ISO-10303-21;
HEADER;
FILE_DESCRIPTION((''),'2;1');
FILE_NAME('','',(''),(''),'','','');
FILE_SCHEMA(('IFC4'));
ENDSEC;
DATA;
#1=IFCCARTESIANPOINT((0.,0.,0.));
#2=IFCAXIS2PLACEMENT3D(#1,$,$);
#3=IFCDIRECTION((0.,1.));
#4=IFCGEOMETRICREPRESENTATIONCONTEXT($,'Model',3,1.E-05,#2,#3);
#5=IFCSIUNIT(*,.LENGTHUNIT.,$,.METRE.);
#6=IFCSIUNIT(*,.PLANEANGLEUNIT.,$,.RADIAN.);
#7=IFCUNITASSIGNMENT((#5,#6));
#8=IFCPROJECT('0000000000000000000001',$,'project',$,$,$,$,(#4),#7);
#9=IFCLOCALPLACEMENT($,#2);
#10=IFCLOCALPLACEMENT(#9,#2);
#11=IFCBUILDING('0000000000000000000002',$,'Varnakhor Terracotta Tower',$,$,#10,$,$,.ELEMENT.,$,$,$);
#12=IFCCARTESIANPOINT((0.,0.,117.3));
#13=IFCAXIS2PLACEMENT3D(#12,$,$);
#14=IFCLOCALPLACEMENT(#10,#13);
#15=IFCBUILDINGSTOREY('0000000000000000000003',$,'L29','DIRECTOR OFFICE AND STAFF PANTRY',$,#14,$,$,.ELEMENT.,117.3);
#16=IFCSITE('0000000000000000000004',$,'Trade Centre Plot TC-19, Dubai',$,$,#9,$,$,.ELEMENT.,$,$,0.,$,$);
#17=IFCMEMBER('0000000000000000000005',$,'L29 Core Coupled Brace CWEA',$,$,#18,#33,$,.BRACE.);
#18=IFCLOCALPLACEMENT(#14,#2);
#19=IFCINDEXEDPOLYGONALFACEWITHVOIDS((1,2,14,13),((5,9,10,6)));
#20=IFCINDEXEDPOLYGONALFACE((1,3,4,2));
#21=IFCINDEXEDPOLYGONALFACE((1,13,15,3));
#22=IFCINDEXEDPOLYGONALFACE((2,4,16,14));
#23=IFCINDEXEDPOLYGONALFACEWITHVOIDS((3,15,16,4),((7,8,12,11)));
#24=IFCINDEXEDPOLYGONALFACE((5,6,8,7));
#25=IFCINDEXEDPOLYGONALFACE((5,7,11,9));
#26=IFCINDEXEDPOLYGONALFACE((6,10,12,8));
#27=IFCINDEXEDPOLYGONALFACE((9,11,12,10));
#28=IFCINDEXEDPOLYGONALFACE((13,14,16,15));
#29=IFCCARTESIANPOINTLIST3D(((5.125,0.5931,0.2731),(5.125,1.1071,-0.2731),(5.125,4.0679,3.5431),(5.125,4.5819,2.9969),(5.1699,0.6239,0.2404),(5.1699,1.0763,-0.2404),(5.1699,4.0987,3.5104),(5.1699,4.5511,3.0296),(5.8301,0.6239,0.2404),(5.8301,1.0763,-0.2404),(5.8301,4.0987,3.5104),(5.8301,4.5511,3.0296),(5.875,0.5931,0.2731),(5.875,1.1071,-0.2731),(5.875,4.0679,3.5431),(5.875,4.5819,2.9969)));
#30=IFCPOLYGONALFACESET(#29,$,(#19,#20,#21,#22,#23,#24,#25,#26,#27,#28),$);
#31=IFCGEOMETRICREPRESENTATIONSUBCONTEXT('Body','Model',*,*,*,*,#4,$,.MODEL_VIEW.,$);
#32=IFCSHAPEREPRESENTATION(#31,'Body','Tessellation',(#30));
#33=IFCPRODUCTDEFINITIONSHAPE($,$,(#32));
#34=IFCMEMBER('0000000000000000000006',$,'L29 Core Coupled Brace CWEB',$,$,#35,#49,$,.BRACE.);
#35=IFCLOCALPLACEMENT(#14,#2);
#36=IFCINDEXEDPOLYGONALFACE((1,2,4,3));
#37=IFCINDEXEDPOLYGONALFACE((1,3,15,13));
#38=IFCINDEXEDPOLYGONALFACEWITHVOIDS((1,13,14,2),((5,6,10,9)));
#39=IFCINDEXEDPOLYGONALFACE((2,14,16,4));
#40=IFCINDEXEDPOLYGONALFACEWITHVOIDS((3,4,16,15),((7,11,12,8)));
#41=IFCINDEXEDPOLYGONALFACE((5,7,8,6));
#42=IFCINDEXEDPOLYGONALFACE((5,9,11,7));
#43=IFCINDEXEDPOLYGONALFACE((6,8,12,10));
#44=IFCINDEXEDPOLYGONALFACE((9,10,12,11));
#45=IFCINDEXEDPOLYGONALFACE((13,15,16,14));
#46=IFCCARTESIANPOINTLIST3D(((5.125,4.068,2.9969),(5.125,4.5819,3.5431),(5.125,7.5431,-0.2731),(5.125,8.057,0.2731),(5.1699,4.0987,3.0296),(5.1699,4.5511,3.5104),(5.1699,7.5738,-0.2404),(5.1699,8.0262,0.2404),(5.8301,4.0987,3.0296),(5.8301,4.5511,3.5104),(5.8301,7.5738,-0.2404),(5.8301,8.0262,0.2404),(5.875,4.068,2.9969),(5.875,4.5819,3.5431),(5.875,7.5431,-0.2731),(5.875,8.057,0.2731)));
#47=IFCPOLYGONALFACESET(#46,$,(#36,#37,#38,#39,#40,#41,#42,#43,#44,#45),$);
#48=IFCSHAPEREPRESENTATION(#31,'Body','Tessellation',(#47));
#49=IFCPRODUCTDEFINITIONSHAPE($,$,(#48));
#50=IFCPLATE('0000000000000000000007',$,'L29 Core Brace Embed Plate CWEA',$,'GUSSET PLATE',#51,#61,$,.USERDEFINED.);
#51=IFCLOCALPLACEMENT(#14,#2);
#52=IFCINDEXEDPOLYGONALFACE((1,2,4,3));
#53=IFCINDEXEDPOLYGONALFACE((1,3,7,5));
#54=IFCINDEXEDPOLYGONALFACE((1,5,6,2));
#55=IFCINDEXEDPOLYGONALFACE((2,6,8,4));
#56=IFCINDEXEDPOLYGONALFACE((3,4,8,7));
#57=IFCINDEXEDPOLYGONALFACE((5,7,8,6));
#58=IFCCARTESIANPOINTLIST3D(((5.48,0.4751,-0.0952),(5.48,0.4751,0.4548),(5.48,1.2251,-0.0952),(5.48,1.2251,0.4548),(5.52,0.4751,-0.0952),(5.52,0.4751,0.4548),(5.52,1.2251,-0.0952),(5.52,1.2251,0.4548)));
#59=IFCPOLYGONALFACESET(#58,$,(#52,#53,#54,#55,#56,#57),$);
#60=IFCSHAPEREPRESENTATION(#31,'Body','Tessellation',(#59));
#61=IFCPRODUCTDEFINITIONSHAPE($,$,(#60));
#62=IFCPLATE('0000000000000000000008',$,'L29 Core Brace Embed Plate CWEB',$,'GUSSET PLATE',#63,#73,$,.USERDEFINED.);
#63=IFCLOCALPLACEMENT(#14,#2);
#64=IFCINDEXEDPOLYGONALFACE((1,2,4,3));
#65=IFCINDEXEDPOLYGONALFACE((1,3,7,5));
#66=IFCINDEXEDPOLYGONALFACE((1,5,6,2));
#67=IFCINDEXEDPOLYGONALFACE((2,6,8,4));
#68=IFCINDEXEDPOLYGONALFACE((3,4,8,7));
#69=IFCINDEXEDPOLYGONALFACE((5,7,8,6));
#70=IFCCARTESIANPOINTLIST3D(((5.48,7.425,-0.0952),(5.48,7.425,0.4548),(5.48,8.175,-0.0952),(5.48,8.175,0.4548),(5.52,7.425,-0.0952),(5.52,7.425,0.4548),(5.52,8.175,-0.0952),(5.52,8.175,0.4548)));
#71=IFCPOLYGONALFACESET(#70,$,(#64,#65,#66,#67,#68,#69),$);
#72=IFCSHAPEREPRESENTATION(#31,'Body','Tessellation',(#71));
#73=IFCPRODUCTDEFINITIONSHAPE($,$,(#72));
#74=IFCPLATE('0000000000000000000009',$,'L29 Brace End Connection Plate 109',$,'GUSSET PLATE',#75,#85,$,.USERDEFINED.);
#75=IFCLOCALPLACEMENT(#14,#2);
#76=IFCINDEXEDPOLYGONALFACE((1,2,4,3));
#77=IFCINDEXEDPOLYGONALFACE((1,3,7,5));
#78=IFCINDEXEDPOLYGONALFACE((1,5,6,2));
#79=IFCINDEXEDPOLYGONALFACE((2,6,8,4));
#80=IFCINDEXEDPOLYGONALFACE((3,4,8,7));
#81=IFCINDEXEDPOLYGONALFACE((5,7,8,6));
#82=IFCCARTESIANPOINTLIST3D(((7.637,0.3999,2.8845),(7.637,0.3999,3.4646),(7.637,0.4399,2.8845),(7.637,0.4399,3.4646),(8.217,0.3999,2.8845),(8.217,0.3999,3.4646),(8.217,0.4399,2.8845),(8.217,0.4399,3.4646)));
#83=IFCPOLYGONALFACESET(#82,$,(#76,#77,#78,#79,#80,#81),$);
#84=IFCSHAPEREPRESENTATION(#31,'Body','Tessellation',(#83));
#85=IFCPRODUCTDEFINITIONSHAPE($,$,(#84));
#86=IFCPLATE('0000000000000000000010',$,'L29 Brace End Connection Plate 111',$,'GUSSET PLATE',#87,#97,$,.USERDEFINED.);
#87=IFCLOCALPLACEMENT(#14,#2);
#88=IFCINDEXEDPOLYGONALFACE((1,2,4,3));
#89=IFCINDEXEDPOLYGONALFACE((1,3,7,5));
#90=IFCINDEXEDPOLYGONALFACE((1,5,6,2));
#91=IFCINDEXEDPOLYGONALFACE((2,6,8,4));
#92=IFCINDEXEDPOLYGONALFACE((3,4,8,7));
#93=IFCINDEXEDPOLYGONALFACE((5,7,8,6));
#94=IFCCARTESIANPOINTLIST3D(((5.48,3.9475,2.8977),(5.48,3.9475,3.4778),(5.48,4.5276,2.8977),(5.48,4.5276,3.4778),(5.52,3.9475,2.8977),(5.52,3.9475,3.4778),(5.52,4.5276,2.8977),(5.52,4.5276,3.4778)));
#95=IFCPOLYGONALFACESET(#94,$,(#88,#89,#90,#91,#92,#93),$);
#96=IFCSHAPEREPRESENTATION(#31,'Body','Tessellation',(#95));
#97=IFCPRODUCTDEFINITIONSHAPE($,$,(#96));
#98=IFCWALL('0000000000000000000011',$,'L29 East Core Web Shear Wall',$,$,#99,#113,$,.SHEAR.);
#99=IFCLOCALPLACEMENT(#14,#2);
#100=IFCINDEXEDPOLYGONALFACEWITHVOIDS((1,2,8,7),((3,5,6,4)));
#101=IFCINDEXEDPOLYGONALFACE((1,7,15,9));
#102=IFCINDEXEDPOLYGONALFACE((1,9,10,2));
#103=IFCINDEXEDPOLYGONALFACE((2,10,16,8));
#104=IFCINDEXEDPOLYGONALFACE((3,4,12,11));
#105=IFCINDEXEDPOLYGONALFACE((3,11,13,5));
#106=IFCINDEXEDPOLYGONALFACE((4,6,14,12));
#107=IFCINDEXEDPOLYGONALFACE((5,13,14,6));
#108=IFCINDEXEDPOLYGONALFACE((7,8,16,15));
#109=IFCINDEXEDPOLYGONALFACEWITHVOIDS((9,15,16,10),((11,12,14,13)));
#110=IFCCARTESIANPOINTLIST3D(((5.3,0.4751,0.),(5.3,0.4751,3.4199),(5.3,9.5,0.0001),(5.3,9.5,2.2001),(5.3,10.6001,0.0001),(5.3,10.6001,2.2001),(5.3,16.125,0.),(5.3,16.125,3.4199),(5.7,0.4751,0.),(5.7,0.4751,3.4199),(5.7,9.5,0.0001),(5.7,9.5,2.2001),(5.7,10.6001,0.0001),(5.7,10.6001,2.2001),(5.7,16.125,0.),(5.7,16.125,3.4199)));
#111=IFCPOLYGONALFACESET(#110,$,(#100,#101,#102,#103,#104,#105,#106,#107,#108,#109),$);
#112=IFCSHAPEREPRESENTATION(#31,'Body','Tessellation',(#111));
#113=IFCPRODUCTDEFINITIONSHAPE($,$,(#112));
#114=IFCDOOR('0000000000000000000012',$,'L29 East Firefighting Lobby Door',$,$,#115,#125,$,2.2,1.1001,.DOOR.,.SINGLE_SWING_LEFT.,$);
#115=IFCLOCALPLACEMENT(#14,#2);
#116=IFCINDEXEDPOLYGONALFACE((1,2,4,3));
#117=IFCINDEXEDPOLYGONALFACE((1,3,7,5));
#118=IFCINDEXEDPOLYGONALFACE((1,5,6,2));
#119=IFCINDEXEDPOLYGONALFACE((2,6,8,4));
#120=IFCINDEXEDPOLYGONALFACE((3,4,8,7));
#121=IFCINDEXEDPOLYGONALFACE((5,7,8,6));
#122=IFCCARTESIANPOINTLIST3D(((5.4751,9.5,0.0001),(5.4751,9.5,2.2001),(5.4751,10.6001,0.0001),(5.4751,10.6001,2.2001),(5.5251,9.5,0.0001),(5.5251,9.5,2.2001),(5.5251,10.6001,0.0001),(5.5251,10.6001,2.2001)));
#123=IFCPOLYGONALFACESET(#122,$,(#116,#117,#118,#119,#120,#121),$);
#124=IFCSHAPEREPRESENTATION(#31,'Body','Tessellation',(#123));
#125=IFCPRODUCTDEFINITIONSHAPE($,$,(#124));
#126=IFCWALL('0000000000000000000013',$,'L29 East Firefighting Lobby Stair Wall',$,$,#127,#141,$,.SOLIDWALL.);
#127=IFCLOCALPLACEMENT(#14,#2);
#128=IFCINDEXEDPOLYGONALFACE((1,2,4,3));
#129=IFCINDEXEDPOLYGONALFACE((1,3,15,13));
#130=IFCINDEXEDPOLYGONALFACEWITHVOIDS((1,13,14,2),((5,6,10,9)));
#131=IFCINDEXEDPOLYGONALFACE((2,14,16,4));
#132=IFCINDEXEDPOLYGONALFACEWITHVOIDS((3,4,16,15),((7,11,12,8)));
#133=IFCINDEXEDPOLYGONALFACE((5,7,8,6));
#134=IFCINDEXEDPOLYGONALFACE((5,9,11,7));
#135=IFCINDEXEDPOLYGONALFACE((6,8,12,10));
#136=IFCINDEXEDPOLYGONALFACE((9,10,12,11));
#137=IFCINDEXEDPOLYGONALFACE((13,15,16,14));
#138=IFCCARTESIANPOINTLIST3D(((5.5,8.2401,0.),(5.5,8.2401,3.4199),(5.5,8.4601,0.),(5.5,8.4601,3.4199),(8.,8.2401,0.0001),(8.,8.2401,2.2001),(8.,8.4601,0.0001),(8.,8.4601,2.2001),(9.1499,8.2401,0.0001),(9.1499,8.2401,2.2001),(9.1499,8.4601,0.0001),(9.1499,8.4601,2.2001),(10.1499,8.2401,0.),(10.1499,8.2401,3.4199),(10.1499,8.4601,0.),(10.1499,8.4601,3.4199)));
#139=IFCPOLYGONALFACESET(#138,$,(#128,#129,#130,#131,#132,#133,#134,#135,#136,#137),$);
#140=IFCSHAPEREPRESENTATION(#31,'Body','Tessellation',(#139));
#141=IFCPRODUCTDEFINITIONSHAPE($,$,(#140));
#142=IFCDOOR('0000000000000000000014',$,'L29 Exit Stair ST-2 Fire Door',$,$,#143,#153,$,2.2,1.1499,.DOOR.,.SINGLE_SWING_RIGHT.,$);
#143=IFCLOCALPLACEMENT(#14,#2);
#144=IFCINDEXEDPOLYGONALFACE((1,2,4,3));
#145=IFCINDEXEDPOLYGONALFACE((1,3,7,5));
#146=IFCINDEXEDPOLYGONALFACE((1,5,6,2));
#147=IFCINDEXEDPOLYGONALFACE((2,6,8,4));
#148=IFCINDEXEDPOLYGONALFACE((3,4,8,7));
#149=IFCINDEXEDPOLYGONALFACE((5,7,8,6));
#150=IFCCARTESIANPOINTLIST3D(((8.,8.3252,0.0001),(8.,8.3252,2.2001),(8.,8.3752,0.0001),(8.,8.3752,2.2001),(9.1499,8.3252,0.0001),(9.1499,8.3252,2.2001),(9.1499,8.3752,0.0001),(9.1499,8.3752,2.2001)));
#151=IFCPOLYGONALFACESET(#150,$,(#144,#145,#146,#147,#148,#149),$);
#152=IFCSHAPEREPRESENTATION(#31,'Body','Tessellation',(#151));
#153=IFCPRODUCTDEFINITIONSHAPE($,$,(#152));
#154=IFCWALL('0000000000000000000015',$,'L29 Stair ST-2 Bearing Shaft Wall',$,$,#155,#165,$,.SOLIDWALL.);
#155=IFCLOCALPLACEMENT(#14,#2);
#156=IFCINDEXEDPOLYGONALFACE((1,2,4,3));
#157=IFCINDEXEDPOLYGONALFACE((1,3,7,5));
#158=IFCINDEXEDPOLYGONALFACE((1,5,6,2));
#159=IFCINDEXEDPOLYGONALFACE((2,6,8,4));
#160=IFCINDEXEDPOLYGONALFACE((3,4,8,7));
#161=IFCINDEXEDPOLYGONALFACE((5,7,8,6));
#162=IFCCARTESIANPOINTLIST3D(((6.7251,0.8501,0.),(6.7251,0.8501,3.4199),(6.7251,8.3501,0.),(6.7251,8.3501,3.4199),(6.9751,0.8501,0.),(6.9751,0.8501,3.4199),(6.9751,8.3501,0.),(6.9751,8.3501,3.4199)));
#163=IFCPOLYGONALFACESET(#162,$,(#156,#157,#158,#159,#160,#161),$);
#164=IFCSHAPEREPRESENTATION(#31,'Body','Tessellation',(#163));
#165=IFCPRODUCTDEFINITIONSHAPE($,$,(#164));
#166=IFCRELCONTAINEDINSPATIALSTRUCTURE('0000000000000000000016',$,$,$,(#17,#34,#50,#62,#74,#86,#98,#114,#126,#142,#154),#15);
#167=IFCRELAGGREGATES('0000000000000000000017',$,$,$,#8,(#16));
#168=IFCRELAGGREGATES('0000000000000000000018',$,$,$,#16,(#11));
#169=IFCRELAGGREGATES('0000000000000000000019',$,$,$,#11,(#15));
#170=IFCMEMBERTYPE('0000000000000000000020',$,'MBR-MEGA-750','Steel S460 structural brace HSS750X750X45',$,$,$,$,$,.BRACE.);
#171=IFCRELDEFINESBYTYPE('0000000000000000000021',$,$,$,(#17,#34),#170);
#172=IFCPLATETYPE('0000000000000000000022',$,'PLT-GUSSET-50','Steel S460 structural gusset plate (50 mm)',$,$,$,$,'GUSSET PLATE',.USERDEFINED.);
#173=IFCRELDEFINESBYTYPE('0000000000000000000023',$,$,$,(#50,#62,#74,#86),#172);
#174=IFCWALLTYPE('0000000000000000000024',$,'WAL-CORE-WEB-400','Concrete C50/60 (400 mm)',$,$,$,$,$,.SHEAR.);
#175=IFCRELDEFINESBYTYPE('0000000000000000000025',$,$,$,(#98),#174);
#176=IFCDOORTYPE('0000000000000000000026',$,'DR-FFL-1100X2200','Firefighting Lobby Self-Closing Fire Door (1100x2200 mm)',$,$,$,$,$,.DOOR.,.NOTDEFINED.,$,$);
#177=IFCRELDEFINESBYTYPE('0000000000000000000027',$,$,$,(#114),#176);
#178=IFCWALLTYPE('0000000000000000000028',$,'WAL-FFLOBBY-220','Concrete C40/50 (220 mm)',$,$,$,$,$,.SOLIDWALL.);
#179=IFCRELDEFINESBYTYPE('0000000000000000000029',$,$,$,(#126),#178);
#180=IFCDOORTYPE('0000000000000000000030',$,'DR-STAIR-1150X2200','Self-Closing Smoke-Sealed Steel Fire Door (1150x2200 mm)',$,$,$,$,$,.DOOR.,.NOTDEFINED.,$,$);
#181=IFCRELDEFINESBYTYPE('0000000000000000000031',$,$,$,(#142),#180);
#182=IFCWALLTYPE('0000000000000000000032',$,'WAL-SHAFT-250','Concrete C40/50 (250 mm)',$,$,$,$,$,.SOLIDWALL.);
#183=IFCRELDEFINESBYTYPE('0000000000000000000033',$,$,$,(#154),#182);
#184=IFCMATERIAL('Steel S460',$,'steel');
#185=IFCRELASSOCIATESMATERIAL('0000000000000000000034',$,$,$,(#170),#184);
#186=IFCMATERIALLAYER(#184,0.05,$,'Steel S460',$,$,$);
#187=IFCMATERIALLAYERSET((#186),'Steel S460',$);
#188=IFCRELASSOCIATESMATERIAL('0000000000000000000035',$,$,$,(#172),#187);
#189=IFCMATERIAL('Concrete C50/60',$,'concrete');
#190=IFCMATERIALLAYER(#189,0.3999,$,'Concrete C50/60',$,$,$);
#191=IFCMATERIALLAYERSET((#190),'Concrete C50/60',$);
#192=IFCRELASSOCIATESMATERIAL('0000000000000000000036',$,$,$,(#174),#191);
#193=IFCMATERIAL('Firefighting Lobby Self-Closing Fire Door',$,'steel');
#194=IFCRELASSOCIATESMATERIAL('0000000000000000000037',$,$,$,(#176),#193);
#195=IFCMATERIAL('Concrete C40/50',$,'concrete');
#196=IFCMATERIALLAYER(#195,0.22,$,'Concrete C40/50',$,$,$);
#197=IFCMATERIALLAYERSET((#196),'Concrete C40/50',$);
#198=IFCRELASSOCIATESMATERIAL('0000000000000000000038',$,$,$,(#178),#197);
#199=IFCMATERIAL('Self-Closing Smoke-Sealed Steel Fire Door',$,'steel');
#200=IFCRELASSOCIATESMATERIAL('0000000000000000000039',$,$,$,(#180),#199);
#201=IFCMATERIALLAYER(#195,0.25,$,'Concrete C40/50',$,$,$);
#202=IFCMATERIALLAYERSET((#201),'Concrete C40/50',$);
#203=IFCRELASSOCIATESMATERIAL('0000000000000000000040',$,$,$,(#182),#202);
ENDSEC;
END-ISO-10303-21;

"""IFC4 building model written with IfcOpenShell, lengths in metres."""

from ifc_helpers import new_model, si_unit, direction, frame, frame_2d, origin, origin_2d, place, context, subcontext, project, spatial, rectangle, hollow_rectangle, extrude, source, transform, mapped, material, layer, layer_set, material_profile, profile_set, type_object, type_shapes, element, fill, save


model = new_model("IFC4")

# Units and contexts
model_context = context("Model", 3, precision=1e-05, world=origin(), true_north=direction((0.0, 1.0)))
body_context = subcontext(model_context, "Body", "Model", "MODEL_VIEW")
ifc_project = project(units=[si_unit("LENGTHUNIT", "METRE"), si_unit("PLANEANGLEUNIT", "RADIAN")], contexts=[model_context])

# Site, building, storey
site_placement = place(None, origin())
site = spatial("IfcSite", under=ifc_project, at=site_placement, Name="Trade Centre Plot TC-19, Dubai", CompositionType="ELEMENT", RefElevation=0.0)
building_placement = place(site_placement, origin())
building = spatial("IfcBuilding", under=site, at=building_placement, Name="Varnakhor Terracotta Tower", CompositionType="ELEMENT")
storey_placement = place(building_placement, frame((0.0, 0.0, 117.3)))
storey = spatial("IfcBuildingStorey", under=building, at=storey_placement, Name="L29", Description="DIRECTOR OFFICE AND STAFF PANTRY", CompositionType="ELEMENT", Elevation=117.3)

# Members
ifc_material_1 = material(Name="Steel S460", Category="steel")
ifc_material_profile = material_profile(ifc_material_1, hollow_rectangle(XDim=0.75, YDim=0.75, WallThickness=0.0449, at=origin_2d()), Name="HSS750X750X45")
ifc_profile_set = profile_set([ifc_material_profile], Name="Steel S460")
member_type = type_object("IfcMemberType", Name="MBR-MEGA-750", Description="Steel S460 structural brace HSS750X750X45", PredefinedType="BRACE", material=ifc_profile_set)
shared_shape_1 = source(origin(), body_context, "Body", "SweptSolid", [
    extrude(hollow_rectangle(XDim=0.75, YDim=0.75, WallThickness=0.0449, at=origin_2d()), origin(), (0.0, 0.0, 1.0), 4.7715),
])
member_1_placement = place(storey_placement, frame((5.5, 0.8501, 0.0), z_axis=(0.0, 0.728245, 0.685317), x_axis=(-1.0, 0.0, 0.0)))
element("IfcMember", 1, at=member_1_placement, inside=storey, type_object=member_type, Name="L29 Core Coupled Brace CWEA", PredefinedType="BRACE", context=body_context, shape_type="MappedRepresentation", body=[
    mapped(shared_shape_1, transform((0.0, 0.0, 0.0), scale=1.0)),
])
shared_shape_2 = source(origin(), body_context, "Body", "SweptSolid", [
    extrude(hollow_rectangle(XDim=0.75, YDim=0.75, WallThickness=0.0449, at=origin_2d()), origin(), (0.0, 0.0, 1.0), 4.7717),
])
member_2_placement = place(storey_placement, frame((5.5, 7.8, 0.0), z_axis=(0.0, -0.728269, 0.685291), x_axis=(1.0, 0.0, 0.0)))
element("IfcMember", 2, at=member_2_placement, inside=storey, type_object=member_type, Name="L29 Core Coupled Brace CWEB", PredefinedType="BRACE", context=body_context, shape_type="MappedRepresentation", body=[
    mapped(shared_shape_2, transform((0.0, 0.0, 0.0), scale=1.0)),
])

# Plates
ifc_layer_1 = layer(ifc_material_1, 0.05, Name="Steel S460")
ifc_layer_set_1 = layer_set([ifc_layer_1], Name="Steel S460")
plate_type = type_object("IfcPlateType", Name="PLT-GUSSET-50", Description="Steel S460 structural gusset plate (50 mm)", ElementType="GUSSET PLATE", PredefinedType="USERDEFINED", material=ifc_layer_set_1)
shared_shape_3 = source(origin(), body_context, "Body", "SweptSolid", [
    extrude(rectangle(XDim=0.75, YDim=0.04, at=origin_2d()), origin(), (0.0, 0.0, 1.0), 0.55),
])
type_shapes(plate_type, [shared_shape_3])
for number, where, z_axis, x_axis, name in (
    (3, (5.5, 0.8501, -0.0952), (0.0, 0.0, 1.0), (0.0, 1.0, 0.0), "L29 Core Brace Embed Plate CWEA"),
    (4, (5.5, 7.8, -0.0952), (0.0, 0.0, 1.0), (0.0, 1.0, 0.0), "L29 Core Brace Embed Plate CWEB"),
):
    element("IfcPlate", number, at=place(storey_placement, frame(where, z_axis=z_axis, x_axis=x_axis)), inside=storey, type_object=plate_type, Name=name, ObjectType="GUSSET PLATE", PredefinedType="USERDEFINED", context=body_context, shape_type="MappedRepresentation", body=[
        mapped(shared_shape_3, transform((0.0, 0.0, 0.0), scale=1.0)),
    ])
shared_shape_4 = source(origin(), body_context, "Body", "SweptSolid", [
    extrude(rectangle(XDim=0.5801, YDim=0.04, at=origin_2d()), origin(), (0.0, 0.0, 1.0), 0.5801),
])
for number, where, z_axis, x_axis, name in (
    (5, (7.927, 0.4199, 2.8845), (0.0, 0.0, 1.0), (1.0, 0.0, 0.0), "L29 Brace End Connection Plate 109"),
    (6, (5.5, 4.2375, 2.8977), (0.0, 0.0, 1.0), (0.0, 1.0, 0.0), "L29 Brace End Connection Plate 111"),
):
    element("IfcPlate", number, at=place(storey_placement, frame(where, z_axis=z_axis, x_axis=x_axis)), inside=storey, type_object=plate_type, Name=name, ObjectType="GUSSET PLATE", PredefinedType="USERDEFINED", context=body_context, shape_type="MappedRepresentation", body=[
        mapped(shared_shape_4, transform((0.0, 0.0, 0.0), scale=1.0)),
    ])

# Walls, openings, doors
ifc_material_2 = material(Name="Concrete C50/60", Category="concrete")
ifc_layer_2 = layer(ifc_material_2, 0.3999, Name="Concrete C50/60")
ifc_layer_set_2 = layer_set([ifc_layer_2], Name="Concrete C50/60")
wall_type_1 = type_object("IfcWallType", Name="WAL-CORE-WEB-400", Description="Concrete C50/60 (400 mm)", PredefinedType="SHEAR", material=ifc_layer_set_2)
wall_1_placement = place(storey_placement, frame((5.5, 0.4751, 0.0), z_axis=(0.0, 0.0, 1.0), x_axis=(0.0, 1.0, 0.0)))
wall_1 = element("IfcWall", 7, at=wall_1_placement, inside=storey, type_object=wall_type_1, Name="L29 East Core Web Shear Wall", PredefinedType="SHEAR", context=body_context, shape_type="SweptSolid", body=[
    extrude(rectangle(XDim=15.6499, YDim=0.3999, at=frame_2d((7.825, 0.0))), origin(), (0.0, 0.0, 1.0), 3.4199),
])
opening_1_placement = place(wall_1_placement, frame((9.0249, 0.0, 0.0)))
opening_1 = element("IfcOpeningElement", 8, at=opening_1_placement, cuts=wall_1, PredefinedType="OPENING", context=body_context, shape_type="SweptSolid", body=[
    extrude(rectangle(XDim=1.1001, YDim=2.2, at=frame_2d((0.55, 1.1001))), frame((0.0, 0.21, 0.0), z_axis=(0.0, -1.0, 0.0), x_axis=(1.0, 0.0, 0.0)), (0.0, 0.0, 1.0), 0.4199),
])
ifc_material_3 = material(Name="Firefighting Lobby Self-Closing Fire Door", Category="steel")
door_type_1 = type_object("IfcDoorType", Name="DR-FFL-1100X2200", Description="Firefighting Lobby Self-Closing Fire Door (1100x2200 mm)", OperationType="NOTDEFINED", PredefinedType="DOOR", material=ifc_material_3)
shared_shape_5 = source(origin(), body_context, "Body", "SweptSolid", [
    extrude(rectangle(XDim=1.1001, YDim=2.2, at=frame_2d((0.55, 1.1001))), frame((0.0, 0.0249, 0.0), z_axis=(0.0, -1.0, 0.0), x_axis=(1.0, 0.0, 0.0)), (0.0, 0.0, 1.0), 0.05),
])
type_shapes(door_type_1, [shared_shape_5])
door_1_placement = place(opening_1_placement, origin())
door_1 = element("IfcDoor", 9, at=door_1_placement, inside=storey, type_object=door_type_1, Name="L29 East Firefighting Lobby Door", OperationType="SINGLE_SWING_LEFT", OverallHeight=2.2, OverallWidth=1.1001, PredefinedType="DOOR", context=body_context, shape_type="MappedRepresentation", body=[
    mapped(shared_shape_5, transform((0.0, 0.0, 0.0), scale=1.0)),
])
fill(opening_1, door_1)
ifc_material_4 = material(Name="Concrete C40/50", Category="concrete")
ifc_layer_3 = layer(ifc_material_4, 0.22, Name="Concrete C40/50")
ifc_layer_set_3 = layer_set([ifc_layer_3], Name="Concrete C40/50")
wall_type_2 = type_object("IfcWallType", Name="WAL-FFLOBBY-220", Description="Concrete C40/50 (220 mm)", PredefinedType="SOLIDWALL", material=ifc_layer_set_3)
wall_2_placement = place(storey_placement, frame((10.1499, 8.3501, 0.0), z_axis=(0.0, 0.0, 1.0), x_axis=(-1.0, 0.0, 0.0)))
wall_2 = element("IfcWall", 10, at=wall_2_placement, inside=storey, type_object=wall_type_2, Name="L29 East Firefighting Lobby Stair Wall", PredefinedType="SOLIDWALL", context=body_context, shape_type="SweptSolid", body=[
    extrude(rectangle(XDim=4.6499, YDim=0.22, at=frame_2d((2.325, 0.0))), origin(), (0.0, 0.0, 1.0), 3.4199),
])
opening_2_placement = place(wall_2_placement, frame((1.0, 0.0, 0.0)))
opening_2 = element("IfcOpeningElement", 11, at=opening_2_placement, cuts=wall_2, PredefinedType="OPENING", context=body_context, shape_type="SweptSolid", body=[
    extrude(rectangle(XDim=1.1499, YDim=2.2, at=frame_2d((0.575, 1.1001))), frame((0.0, 0.1201, 0.0), z_axis=(0.0, -1.0, 0.0), x_axis=(1.0, 0.0, 0.0)), (0.0, 0.0, 1.0), 0.24),
])
ifc_material_5 = material(Name="Self-Closing Smoke-Sealed Steel Fire Door", Category="steel")
door_type_2 = type_object("IfcDoorType", Name="DR-STAIR-1150X2200", Description="Self-Closing Smoke-Sealed Steel Fire Door (1150x2200 mm)", OperationType="NOTDEFINED", PredefinedType="DOOR", material=ifc_material_5)
shared_shape_6 = source(origin(), body_context, "Body", "SweptSolid", [
    extrude(rectangle(XDim=1.1499, YDim=2.2, at=frame_2d((0.575, 1.1001))), frame((0.0, 0.0249, 0.0), z_axis=(0.0, -1.0, 0.0), x_axis=(1.0, 0.0, 0.0)), (0.0, 0.0, 1.0), 0.05),
])
type_shapes(door_type_2, [shared_shape_6])
door_2_placement = place(opening_2_placement, origin())
door_2 = element("IfcDoor", 12, at=door_2_placement, inside=storey, type_object=door_type_2, Name="L29 Exit Stair ST-2 Fire Door", OperationType="SINGLE_SWING_RIGHT", OverallHeight=2.2, OverallWidth=1.1499, PredefinedType="DOOR", context=body_context, shape_type="MappedRepresentation", body=[
    mapped(shared_shape_6, transform((0.0, 0.0, 0.0), scale=1.0)),
])
fill(opening_2, door_2)

# Wall
ifc_layer_4 = layer(ifc_material_4, 0.25, Name="Concrete C40/50")
ifc_layer_set_4 = layer_set([ifc_layer_4], Name="Concrete C40/50")
wall_type_3 = type_object("IfcWallType", Name="WAL-SHAFT-250", Description="Concrete C40/50 (250 mm)", PredefinedType="SOLIDWALL", material=ifc_layer_set_4)
wall_3_placement = place(storey_placement, frame((6.8501, 0.8501, 0.0), z_axis=(0.0, 0.0, 1.0), x_axis=(0.0, 1.0, 0.0)))
element("IfcWall", 13, at=wall_3_placement, inside=storey, type_object=wall_type_3, Name="L29 Stair ST-2 Bearing Shaft Wall", PredefinedType="SOLIDWALL", context=body_context, shape_type="SweptSolid", body=[
    extrude(rectangle(XDim=7.5, YDim=0.25, at=frame_2d((3.75, 0.0))), origin(), (0.0, 0.0, 1.0), 3.4199),
])

save(model, "model.ifc")
